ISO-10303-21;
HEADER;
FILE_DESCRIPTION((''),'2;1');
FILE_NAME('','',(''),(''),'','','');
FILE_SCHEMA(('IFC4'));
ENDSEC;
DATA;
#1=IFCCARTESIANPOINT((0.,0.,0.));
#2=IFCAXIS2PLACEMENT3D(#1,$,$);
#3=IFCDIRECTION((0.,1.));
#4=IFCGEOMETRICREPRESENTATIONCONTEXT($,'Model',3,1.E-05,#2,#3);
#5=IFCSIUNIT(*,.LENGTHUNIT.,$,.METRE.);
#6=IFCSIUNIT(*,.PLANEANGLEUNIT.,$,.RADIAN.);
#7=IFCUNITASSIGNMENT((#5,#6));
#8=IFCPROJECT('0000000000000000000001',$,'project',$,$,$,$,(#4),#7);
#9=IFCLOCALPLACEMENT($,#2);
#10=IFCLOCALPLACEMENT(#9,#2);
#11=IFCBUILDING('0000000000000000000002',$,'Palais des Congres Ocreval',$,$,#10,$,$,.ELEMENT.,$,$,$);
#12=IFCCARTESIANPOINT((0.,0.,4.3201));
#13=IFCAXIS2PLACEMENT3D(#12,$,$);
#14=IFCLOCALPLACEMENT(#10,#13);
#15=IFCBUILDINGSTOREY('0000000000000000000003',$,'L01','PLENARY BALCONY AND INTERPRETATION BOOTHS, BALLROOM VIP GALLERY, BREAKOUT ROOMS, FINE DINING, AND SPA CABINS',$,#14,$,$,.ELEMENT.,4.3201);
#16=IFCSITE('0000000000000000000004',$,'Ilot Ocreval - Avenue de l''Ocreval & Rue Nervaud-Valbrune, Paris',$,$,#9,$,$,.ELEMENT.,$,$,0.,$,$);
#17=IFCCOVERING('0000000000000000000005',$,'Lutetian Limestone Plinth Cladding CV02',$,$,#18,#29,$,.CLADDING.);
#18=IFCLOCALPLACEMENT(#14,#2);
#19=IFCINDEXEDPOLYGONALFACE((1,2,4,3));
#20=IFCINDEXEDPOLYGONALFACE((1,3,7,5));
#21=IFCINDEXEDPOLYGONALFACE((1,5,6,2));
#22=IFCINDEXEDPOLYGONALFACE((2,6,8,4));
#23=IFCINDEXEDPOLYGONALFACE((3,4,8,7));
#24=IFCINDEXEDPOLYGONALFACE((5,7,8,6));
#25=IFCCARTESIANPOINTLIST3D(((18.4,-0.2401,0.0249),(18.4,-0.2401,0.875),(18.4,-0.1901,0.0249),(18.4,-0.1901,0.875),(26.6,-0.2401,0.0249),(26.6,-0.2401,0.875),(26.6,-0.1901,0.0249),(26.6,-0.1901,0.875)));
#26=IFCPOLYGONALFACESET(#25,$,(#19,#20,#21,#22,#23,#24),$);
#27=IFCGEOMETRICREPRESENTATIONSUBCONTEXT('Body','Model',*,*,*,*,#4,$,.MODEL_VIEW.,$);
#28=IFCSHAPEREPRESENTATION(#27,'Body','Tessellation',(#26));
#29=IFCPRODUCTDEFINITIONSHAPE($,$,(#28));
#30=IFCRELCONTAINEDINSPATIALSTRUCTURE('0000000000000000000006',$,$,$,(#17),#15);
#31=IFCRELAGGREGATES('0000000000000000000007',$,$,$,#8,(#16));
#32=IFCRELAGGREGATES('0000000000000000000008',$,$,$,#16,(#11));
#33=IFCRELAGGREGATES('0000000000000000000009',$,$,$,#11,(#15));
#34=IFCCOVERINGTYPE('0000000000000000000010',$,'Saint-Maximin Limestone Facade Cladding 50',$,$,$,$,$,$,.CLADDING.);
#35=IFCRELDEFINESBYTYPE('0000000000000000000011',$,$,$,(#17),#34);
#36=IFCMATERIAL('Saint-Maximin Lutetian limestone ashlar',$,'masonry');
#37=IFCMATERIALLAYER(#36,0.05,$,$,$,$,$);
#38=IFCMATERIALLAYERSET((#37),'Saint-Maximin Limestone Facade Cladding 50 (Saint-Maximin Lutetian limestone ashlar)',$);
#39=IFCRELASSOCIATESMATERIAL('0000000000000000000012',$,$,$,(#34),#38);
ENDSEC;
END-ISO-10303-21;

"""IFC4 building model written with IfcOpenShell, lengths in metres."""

from ifc_helpers import new_model, si_unit, direction, frame, origin, origin_2d, place, context, subcontext, project, spatial, rectangle, extrude, material, layer, layer_set, type_object, element, save


model = new_model("IFC4")

# Units and contexts
model_context = context("Model", 3, precision=1e-05, world=origin(), true_north=direction((0.0, 1.0)))
body_context = subcontext(model_context, "Body", "Model", "MODEL_VIEW")
ifc_project = project(units=[si_unit("LENGTHUNIT", "METRE"), si_unit("PLANEANGLEUNIT", "RADIAN")], contexts=[model_context])

# Site, building, storey
site_placement = place(None, origin())
site = spatial("IfcSite", under=ifc_project, at=site_placement, Name="Ilot Ocreval - Avenue de l'Ocreval & Rue Nervaud-Valbrune, Paris", CompositionType="ELEMENT", RefElevation=0.0)
building_placement = place(site_placement, origin())
building = spatial("IfcBuilding", under=site, at=building_placement, Name="Palais des Congres Ocreval", CompositionType="ELEMENT")
storey_placement = place(building_placement, frame((0.0, 0.0, 4.3201)))
storey = spatial("IfcBuildingStorey", under=building, at=storey_placement, Name="L01", Description="PLENARY BALCONY AND INTERPRETATION BOOTHS, BALLROOM VIP GALLERY, BREAKOUT ROOMS, FINE DINING, AND SPA CABINS", CompositionType="ELEMENT", Elevation=4.3201)

# Covering
ifc_material_1 = material(Name="Saint-Maximin Lutetian limestone ashlar", Category="masonry")
ifc_layer_1 = layer(ifc_material_1, 0.05)
ifc_layer_set_1 = layer_set([ifc_layer_1], Name="Saint-Maximin Limestone Facade Cladding 50 (Saint-Maximin Lutetian limestone ashlar)")
covering_type = type_object("IfcCoveringType", Name="Saint-Maximin Limestone Facade Cladding 50", PredefinedType="CLADDING", material=ifc_layer_set_1)
for number, where, z_axis, x_axis, name in (
    (1, (22.5, -0.2151, 0.0249), (0.0, 0.0, 1.0), (-1.0, 0.0, 0.0), "Lutetian Limestone Plinth Cladding CV02"),
):
    element("IfcCovering", number, at=place(storey_placement, frame(where, z_axis=z_axis, x_axis=x_axis)), inside=storey, type_object=covering_type, Name=name, PredefinedType="CLADDING", context=body_context, shape_type="SweptSolid", body=[
        extrude(rectangle(XDim=8.2, YDim=0.05, at=origin_2d()), origin(), (0.0, 0.0, 1.0), 0.8501),
    ])

save(model, "model.ifc")
